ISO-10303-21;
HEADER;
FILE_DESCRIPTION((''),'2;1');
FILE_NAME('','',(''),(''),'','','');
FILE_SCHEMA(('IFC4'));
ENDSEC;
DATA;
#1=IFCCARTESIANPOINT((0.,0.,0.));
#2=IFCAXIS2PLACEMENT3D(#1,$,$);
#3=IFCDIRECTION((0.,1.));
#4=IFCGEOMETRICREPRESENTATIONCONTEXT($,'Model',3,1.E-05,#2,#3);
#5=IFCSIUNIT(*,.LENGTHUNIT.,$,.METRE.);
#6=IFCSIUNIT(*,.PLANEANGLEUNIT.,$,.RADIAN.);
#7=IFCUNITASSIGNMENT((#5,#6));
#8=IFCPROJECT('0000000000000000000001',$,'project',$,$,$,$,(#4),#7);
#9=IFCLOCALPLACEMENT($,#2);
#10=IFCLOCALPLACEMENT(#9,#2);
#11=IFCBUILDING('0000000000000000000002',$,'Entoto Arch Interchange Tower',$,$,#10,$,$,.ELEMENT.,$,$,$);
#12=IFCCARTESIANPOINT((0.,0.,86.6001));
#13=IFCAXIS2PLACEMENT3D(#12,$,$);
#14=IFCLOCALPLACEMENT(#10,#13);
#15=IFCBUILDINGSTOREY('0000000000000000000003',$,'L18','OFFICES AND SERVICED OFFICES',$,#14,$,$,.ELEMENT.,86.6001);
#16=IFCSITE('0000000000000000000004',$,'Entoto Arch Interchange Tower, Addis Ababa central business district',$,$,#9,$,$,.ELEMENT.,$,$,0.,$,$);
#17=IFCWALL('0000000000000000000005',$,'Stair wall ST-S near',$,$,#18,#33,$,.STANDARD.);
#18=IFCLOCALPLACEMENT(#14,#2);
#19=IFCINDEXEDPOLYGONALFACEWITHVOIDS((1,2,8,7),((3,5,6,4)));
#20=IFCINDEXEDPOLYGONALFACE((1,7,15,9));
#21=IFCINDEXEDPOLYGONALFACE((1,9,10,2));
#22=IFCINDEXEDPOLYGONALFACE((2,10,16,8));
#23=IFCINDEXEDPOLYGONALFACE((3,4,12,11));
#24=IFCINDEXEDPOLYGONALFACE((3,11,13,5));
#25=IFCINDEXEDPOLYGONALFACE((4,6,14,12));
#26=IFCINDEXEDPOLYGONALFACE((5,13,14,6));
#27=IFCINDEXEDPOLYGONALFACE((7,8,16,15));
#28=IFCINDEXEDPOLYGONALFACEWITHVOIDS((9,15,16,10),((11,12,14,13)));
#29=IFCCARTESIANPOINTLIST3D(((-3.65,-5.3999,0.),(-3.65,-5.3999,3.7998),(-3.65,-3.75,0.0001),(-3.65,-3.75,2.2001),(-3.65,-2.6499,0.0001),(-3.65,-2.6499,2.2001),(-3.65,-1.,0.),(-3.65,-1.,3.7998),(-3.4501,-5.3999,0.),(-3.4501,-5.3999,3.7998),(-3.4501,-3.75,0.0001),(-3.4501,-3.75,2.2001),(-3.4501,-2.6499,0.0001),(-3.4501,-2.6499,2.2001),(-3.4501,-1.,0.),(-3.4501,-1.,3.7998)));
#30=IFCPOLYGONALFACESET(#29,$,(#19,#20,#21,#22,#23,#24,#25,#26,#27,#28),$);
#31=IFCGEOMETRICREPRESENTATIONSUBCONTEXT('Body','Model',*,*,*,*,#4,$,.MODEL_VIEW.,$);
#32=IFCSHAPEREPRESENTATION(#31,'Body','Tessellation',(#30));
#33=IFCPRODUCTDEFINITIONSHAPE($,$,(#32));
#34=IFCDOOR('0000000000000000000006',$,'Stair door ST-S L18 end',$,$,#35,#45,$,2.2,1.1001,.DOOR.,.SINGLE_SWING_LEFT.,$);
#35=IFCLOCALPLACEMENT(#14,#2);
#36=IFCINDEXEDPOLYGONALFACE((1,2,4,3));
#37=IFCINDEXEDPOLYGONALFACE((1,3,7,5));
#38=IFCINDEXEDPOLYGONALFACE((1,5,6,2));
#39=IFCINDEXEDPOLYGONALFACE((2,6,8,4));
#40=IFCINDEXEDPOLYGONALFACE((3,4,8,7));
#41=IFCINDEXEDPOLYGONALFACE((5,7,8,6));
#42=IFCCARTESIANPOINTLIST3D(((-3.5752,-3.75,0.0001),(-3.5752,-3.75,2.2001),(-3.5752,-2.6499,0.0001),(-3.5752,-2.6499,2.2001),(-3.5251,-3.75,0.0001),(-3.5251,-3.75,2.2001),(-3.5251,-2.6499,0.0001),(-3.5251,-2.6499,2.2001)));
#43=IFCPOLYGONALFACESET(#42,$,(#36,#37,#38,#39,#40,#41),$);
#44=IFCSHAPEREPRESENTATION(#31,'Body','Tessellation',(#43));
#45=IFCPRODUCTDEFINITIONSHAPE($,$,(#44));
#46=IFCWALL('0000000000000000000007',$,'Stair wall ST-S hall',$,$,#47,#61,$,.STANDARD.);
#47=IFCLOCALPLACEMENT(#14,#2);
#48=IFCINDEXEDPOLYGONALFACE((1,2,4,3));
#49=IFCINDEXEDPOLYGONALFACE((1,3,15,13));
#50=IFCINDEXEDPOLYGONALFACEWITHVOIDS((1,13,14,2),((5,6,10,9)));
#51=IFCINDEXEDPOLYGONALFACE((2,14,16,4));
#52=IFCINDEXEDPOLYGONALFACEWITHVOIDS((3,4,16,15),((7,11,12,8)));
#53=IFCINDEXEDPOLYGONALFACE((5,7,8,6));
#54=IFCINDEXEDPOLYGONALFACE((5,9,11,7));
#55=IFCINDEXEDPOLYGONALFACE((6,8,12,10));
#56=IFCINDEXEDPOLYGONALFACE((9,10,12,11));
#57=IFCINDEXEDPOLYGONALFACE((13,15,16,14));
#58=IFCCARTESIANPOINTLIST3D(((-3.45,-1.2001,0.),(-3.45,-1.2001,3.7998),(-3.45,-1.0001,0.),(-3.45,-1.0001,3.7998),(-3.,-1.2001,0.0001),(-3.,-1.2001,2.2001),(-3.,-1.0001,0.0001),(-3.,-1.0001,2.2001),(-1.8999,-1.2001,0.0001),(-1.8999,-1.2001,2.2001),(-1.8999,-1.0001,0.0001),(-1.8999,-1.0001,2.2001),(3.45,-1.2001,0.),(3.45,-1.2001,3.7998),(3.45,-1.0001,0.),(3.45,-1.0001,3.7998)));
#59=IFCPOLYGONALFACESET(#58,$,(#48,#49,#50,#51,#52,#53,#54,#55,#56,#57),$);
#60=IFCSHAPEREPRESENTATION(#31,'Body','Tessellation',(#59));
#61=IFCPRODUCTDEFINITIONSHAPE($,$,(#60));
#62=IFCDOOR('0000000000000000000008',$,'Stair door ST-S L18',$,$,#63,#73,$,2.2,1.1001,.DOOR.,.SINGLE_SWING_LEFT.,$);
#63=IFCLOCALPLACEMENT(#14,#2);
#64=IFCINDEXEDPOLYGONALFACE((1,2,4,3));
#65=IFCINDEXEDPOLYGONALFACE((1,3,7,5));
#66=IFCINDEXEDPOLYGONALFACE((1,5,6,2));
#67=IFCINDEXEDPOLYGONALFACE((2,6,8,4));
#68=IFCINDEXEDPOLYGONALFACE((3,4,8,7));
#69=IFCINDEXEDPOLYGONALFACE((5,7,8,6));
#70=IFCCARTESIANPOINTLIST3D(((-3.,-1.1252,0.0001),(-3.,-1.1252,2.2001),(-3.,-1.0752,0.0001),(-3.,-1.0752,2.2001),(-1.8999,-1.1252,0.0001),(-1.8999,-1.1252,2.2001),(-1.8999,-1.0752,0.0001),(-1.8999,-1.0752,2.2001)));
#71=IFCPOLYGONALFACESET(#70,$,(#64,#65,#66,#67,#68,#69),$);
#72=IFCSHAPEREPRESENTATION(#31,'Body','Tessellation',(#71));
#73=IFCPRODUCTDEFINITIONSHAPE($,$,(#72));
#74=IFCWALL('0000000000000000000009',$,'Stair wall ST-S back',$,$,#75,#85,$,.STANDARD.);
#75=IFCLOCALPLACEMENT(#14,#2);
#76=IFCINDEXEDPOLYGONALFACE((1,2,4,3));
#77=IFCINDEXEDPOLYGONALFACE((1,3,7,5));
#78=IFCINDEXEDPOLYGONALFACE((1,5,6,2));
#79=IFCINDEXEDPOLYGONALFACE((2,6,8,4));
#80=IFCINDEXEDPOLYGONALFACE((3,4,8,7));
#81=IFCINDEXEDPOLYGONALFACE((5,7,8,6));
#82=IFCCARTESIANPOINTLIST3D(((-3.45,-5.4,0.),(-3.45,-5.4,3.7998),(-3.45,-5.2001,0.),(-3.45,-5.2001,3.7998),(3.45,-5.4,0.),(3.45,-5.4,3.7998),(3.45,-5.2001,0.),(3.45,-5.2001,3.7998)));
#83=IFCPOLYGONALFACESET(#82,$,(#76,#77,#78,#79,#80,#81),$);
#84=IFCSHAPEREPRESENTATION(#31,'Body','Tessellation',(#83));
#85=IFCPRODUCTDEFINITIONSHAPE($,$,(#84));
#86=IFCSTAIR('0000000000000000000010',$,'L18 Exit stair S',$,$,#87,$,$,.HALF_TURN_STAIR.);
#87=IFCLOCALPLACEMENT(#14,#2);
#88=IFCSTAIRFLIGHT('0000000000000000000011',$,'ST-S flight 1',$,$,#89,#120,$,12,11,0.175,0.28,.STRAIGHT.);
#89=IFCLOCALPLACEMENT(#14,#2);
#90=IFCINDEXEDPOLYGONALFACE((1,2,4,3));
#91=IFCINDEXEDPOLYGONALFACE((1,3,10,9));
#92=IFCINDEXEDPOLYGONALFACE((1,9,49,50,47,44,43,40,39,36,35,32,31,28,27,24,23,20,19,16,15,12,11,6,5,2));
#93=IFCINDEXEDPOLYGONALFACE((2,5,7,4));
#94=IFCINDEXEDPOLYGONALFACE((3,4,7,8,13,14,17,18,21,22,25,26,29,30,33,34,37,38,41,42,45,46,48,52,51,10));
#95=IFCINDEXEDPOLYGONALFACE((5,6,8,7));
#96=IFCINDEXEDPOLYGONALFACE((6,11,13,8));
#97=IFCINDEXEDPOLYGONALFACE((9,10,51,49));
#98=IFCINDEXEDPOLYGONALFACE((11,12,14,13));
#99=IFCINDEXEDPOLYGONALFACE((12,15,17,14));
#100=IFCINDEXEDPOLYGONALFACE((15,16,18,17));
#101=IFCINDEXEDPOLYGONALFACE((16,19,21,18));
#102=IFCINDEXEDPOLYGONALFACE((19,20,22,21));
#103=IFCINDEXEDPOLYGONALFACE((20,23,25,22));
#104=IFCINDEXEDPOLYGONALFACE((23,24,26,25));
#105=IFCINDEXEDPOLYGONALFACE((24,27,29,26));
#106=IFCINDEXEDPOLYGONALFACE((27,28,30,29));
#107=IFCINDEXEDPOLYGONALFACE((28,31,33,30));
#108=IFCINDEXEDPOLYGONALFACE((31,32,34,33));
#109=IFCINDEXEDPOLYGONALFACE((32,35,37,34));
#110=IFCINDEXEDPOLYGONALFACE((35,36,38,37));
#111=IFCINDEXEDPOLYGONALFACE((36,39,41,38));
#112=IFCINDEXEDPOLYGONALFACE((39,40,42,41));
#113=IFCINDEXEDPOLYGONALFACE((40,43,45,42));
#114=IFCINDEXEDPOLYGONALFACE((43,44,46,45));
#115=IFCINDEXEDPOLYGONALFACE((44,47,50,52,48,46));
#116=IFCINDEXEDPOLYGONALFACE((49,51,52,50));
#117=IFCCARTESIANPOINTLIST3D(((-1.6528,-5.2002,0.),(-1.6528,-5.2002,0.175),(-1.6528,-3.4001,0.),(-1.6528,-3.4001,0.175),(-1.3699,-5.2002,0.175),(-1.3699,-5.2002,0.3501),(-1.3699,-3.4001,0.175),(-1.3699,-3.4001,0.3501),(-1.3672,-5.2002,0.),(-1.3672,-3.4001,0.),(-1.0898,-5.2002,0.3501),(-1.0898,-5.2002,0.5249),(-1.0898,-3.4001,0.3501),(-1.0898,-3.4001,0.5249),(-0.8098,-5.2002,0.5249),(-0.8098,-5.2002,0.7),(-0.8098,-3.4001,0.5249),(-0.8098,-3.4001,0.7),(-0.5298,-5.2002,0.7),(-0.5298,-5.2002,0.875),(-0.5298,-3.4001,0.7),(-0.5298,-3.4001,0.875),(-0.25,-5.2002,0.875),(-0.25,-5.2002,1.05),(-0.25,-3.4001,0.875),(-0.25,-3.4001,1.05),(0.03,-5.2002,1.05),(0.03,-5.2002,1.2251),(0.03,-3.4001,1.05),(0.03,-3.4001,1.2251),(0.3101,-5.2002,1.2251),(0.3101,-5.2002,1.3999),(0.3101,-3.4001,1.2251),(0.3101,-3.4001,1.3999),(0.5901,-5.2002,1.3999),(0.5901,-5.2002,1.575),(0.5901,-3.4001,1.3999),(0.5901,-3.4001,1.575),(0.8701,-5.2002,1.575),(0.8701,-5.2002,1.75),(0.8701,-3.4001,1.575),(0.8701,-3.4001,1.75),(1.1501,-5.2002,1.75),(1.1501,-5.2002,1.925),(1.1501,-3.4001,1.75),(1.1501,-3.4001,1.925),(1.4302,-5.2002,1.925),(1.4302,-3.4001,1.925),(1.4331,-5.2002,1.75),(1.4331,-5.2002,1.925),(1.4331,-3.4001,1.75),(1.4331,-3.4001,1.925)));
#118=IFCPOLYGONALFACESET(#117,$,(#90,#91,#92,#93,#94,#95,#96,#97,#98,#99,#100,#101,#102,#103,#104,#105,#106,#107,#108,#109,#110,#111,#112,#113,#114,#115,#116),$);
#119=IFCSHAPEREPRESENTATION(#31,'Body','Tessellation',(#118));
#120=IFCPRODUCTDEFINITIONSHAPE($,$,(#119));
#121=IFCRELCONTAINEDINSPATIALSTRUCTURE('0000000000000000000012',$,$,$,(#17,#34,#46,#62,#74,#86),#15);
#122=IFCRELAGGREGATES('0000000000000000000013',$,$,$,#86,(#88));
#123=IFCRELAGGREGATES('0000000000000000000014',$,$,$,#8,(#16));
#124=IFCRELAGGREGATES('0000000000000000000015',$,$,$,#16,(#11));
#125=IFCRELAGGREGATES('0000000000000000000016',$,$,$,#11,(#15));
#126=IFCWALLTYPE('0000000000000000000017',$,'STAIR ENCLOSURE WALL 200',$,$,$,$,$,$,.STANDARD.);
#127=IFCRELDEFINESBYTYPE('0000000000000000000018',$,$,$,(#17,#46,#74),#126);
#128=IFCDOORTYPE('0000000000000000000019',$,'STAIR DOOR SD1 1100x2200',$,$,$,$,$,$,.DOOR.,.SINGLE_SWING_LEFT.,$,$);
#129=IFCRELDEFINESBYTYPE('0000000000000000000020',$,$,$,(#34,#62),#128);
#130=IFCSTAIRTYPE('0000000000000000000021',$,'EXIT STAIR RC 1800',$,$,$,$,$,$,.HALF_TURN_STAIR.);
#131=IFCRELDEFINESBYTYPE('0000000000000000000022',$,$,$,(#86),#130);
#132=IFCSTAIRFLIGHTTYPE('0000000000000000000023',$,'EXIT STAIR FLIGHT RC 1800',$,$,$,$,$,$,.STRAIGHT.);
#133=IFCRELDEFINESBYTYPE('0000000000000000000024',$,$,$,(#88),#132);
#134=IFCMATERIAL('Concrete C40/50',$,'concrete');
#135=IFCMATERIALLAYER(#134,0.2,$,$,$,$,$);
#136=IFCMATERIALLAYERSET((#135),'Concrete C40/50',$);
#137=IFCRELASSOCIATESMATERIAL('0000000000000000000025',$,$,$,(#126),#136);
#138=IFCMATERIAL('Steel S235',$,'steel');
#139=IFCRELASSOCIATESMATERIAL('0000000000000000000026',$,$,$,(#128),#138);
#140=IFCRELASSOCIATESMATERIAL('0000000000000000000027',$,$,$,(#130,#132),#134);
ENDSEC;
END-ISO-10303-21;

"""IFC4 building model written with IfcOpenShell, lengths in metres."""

from ifc_helpers import new_model, si_unit, direction, frame, frame_2d, origin, place, context, subcontext, project, spatial, polyline, rectangle, outline, extrude, material, layer, layer_set, type_object, element, fill, aggregate, save


model = new_model("IFC4")

# Units and contexts
model_context = context("Model", 3, precision=1e-05, world=origin(), true_north=direction((0.0, 1.0)))
body_context = subcontext(model_context, "Body", "Model", "MODEL_VIEW")
ifc_project = project(units=[si_unit("LENGTHUNIT", "METRE"), si_unit("PLANEANGLEUNIT", "RADIAN")], contexts=[model_context])

# Site, building, storey
site_placement = place(None, origin())
site = spatial("IfcSite", under=ifc_project, at=site_placement, Name="Entoto Arch Interchange Tower, Addis Ababa central business district", CompositionType="ELEMENT", RefElevation=0.0)
building_placement = place(site_placement, origin())
building = spatial("IfcBuilding", under=site, at=building_placement, Name="Entoto Arch Interchange Tower", CompositionType="ELEMENT")
storey_placement = place(building_placement, frame((0.0, 0.0, 86.6001)))
storey = spatial("IfcBuildingStorey", under=building, at=storey_placement, Name="L18", Description="OFFICES AND SERVICED OFFICES", CompositionType="ELEMENT", Elevation=86.6001)

# Shared definitions
ifc_material_1 = material(Name="Concrete C40/50", Category="concrete")

# Walls, openings, doors
ifc_layer_1 = layer(ifc_material_1, 0.2)
ifc_layer_set_1 = layer_set([ifc_layer_1], Name="Concrete C40/50")
wall_type_1 = type_object("IfcWallType", Name="STAIR ENCLOSURE WALL 200", PredefinedType="STANDARD", material=ifc_layer_set_1)
wall_1_placement = place(storey_placement, frame((-3.55, -1.0, 0.0), z_axis=(0.0, 0.0, 1.0), x_axis=(0.0, -1.0, 0.0)))
wall_1 = element("IfcWall", 1, at=wall_1_placement, inside=storey, type_object=wall_type_1, Name="Stair wall ST-S near", PredefinedType="STANDARD", context=body_context, shape_type="SweptSolid", body=[
    extrude(rectangle(XDim=4.3999, YDim=0.2, at=frame_2d((2.2, 0.0))), origin(), (0.0, 0.0, 1.0), 3.7998),
])
opening_1_placement = place(wall_1_placement, frame((1.6499, 0.0, 0.0)))
opening_1 = element("IfcOpeningElement", 2, at=opening_1_placement, cuts=wall_1, PredefinedType="OPENING", context=body_context, shape_type="SweptSolid", body=[
    extrude(rectangle(XDim=1.1001, YDim=2.2, at=frame_2d((0.55, 1.1001))), frame((0.0, 0.1099, 0.0), z_axis=(0.0, -1.0, 0.0), x_axis=(1.0, 0.0, 0.0)), (0.0, 0.0, 1.0), 0.22),
])
ifc_material_2 = material(Name="Steel S235", Category="steel")
door_type_1 = type_object("IfcDoorType", Name="STAIR DOOR SD1 1100x2200", OperationType="SINGLE_SWING_LEFT", PredefinedType="DOOR", material=ifc_material_2)
door_1_placement = place(opening_1_placement, origin())
door_1 = element("IfcDoor", 3, at=door_1_placement, inside=storey, type_object=door_type_1, Name="Stair door ST-S L18 end", OperationType="SINGLE_SWING_LEFT", OverallHeight=2.2, OverallWidth=1.1001, PredefinedType="DOOR", context=body_context, shape_type="SweptSolid", body=[
    extrude(rectangle(XDim=1.1001, YDim=2.2, at=frame_2d((0.55, 1.1001))), frame((0.0, 0.0249, 0.0), z_axis=(0.0, -1.0, 0.0), x_axis=(1.0, 0.0, 0.0)), (0.0, 0.0, 1.0), 0.05),
])
fill(opening_1, door_1)
wall_2_placement = place(storey_placement, frame((-3.45, -1.1001, 0.0), z_axis=(0.0, 0.0, 1.0), x_axis=(1.0, 0.0, 0.0)))
wall_2 = element("IfcWall", 4, at=wall_2_placement, inside=storey, type_object=wall_type_1, Name="Stair wall ST-S hall", PredefinedType="STANDARD", context=body_context, shape_type="SweptSolid", body=[
    extrude(rectangle(XDim=6.8999, YDim=0.2, at=frame_2d((3.45, 0.0))), origin(), (0.0, 0.0, 1.0), 3.7998),
])
opening_2_placement = place(wall_2_placement, frame((0.45, 0.0, 0.0)))
opening_2 = element("IfcOpeningElement", 5, at=opening_2_placement, cuts=wall_2, PredefinedType="OPENING", context=body_context, shape_type="SweptSolid", body=[
    extrude(rectangle(XDim=1.1001, YDim=2.2, at=frame_2d((0.55, 1.1001))), frame((0.0, 0.1099, 0.0), z_axis=(0.0, -1.0, 0.0), x_axis=(1.0, 0.0, 0.0)), (0.0, 0.0, 1.0), 0.22),
])
door_2_placement = place(opening_2_placement, origin())
door_2 = element("IfcDoor", 6, at=door_2_placement, inside=storey, type_object=door_type_1, Name="Stair door ST-S L18", OperationType="SINGLE_SWING_LEFT", OverallHeight=2.2, OverallWidth=1.1001, PredefinedType="DOOR", context=body_context, shape_type="SweptSolid", body=[
    extrude(rectangle(XDim=1.1001, YDim=2.2, at=frame_2d((0.55, 1.1001))), frame((0.0, 0.0249, 0.0), z_axis=(0.0, -1.0, 0.0), x_axis=(1.0, 0.0, 0.0)), (0.0, 0.0, 1.0), 0.05),
])
fill(opening_2, door_2)

# Wall
wall_3_placement = place(storey_placement, frame((-3.45, -5.3, 0.0), z_axis=(0.0, 0.0, 1.0), x_axis=(1.0, 0.0, 0.0)))
element("IfcWall", 7, at=wall_3_placement, inside=storey, type_object=wall_type_1, Name="Stair wall ST-S back", PredefinedType="STANDARD", context=body_context, shape_type="SweptSolid", body=[
    extrude(rectangle(XDim=6.8999, YDim=0.2, at=frame_2d((3.45, 0.0))), origin(), (0.0, 0.0, 1.0), 3.7998),
])

# Stair, stair flight
stair_type = type_object("IfcStairType", Name="EXIT STAIR RC 1800", PredefinedType="HALF_TURN_STAIR", material=ifc_material_1)
stair_placement = place(storey_placement, origin())
stair = element("IfcStair", 8, at=stair_placement, inside=storey, type_object=stair_type, Name="L18 Exit stair S", PredefinedType="HALF_TURN_STAIR")
stair_flight_type = type_object("IfcStairFlightType", Name="EXIT STAIR FLIGHT RC 1800", PredefinedType="STRAIGHT", material=ifc_material_1)
stair_flight_placement = place(storey_placement, frame((-1.6499, -4.3, 0.0), z_axis=(0.0, 0.0, 1.0), x_axis=(1.0, 0.0, 0.0)))
stair_flight = element("IfcStairFlight", 9, at=stair_flight_placement, type_object=stair_flight_type, Name="ST-S flight 1", NumberOfRisers=12, NumberOfTreads=11, PredefinedType="STRAIGHT", RiserHeight=0.175, TreadLength=0.28, context=body_context, shape_type="SweptSolid", body=[
    extrude(outline(polyline([(-0.0029, 0.0), (-0.0029, 0.175), (0.28, 0.175), (0.28, 0.3501), (0.5601, 0.3501), (0.5601, 0.5249), (0.8401, 0.5249), (0.8401, 0.7), (1.1201, 0.7), (1.1201, 0.875), (1.3999, 0.875), (1.3999, 1.05), (1.6799, 1.05), (1.6799, 1.2251), (1.96, 1.2251), (1.96, 1.3999), (2.24, 1.3999), (2.24, 1.575), (2.52, 1.575), (2.52, 1.75), (2.8, 1.75), (2.8, 1.925), (3.0801, 1.925), (3.083, 1.925), (3.083, 1.75), (0.2827, 0.0), (-0.0029, 0.0)])), frame((0.0, 0.8999, 0.0), z_axis=(0.0, -1.0, 0.0), x_axis=(1.0, 0.0, 0.0)), (0.0, 0.0, 1.0), 1.8),
])
aggregate(stair, [stair_flight])

save(model, "model.ifc")
